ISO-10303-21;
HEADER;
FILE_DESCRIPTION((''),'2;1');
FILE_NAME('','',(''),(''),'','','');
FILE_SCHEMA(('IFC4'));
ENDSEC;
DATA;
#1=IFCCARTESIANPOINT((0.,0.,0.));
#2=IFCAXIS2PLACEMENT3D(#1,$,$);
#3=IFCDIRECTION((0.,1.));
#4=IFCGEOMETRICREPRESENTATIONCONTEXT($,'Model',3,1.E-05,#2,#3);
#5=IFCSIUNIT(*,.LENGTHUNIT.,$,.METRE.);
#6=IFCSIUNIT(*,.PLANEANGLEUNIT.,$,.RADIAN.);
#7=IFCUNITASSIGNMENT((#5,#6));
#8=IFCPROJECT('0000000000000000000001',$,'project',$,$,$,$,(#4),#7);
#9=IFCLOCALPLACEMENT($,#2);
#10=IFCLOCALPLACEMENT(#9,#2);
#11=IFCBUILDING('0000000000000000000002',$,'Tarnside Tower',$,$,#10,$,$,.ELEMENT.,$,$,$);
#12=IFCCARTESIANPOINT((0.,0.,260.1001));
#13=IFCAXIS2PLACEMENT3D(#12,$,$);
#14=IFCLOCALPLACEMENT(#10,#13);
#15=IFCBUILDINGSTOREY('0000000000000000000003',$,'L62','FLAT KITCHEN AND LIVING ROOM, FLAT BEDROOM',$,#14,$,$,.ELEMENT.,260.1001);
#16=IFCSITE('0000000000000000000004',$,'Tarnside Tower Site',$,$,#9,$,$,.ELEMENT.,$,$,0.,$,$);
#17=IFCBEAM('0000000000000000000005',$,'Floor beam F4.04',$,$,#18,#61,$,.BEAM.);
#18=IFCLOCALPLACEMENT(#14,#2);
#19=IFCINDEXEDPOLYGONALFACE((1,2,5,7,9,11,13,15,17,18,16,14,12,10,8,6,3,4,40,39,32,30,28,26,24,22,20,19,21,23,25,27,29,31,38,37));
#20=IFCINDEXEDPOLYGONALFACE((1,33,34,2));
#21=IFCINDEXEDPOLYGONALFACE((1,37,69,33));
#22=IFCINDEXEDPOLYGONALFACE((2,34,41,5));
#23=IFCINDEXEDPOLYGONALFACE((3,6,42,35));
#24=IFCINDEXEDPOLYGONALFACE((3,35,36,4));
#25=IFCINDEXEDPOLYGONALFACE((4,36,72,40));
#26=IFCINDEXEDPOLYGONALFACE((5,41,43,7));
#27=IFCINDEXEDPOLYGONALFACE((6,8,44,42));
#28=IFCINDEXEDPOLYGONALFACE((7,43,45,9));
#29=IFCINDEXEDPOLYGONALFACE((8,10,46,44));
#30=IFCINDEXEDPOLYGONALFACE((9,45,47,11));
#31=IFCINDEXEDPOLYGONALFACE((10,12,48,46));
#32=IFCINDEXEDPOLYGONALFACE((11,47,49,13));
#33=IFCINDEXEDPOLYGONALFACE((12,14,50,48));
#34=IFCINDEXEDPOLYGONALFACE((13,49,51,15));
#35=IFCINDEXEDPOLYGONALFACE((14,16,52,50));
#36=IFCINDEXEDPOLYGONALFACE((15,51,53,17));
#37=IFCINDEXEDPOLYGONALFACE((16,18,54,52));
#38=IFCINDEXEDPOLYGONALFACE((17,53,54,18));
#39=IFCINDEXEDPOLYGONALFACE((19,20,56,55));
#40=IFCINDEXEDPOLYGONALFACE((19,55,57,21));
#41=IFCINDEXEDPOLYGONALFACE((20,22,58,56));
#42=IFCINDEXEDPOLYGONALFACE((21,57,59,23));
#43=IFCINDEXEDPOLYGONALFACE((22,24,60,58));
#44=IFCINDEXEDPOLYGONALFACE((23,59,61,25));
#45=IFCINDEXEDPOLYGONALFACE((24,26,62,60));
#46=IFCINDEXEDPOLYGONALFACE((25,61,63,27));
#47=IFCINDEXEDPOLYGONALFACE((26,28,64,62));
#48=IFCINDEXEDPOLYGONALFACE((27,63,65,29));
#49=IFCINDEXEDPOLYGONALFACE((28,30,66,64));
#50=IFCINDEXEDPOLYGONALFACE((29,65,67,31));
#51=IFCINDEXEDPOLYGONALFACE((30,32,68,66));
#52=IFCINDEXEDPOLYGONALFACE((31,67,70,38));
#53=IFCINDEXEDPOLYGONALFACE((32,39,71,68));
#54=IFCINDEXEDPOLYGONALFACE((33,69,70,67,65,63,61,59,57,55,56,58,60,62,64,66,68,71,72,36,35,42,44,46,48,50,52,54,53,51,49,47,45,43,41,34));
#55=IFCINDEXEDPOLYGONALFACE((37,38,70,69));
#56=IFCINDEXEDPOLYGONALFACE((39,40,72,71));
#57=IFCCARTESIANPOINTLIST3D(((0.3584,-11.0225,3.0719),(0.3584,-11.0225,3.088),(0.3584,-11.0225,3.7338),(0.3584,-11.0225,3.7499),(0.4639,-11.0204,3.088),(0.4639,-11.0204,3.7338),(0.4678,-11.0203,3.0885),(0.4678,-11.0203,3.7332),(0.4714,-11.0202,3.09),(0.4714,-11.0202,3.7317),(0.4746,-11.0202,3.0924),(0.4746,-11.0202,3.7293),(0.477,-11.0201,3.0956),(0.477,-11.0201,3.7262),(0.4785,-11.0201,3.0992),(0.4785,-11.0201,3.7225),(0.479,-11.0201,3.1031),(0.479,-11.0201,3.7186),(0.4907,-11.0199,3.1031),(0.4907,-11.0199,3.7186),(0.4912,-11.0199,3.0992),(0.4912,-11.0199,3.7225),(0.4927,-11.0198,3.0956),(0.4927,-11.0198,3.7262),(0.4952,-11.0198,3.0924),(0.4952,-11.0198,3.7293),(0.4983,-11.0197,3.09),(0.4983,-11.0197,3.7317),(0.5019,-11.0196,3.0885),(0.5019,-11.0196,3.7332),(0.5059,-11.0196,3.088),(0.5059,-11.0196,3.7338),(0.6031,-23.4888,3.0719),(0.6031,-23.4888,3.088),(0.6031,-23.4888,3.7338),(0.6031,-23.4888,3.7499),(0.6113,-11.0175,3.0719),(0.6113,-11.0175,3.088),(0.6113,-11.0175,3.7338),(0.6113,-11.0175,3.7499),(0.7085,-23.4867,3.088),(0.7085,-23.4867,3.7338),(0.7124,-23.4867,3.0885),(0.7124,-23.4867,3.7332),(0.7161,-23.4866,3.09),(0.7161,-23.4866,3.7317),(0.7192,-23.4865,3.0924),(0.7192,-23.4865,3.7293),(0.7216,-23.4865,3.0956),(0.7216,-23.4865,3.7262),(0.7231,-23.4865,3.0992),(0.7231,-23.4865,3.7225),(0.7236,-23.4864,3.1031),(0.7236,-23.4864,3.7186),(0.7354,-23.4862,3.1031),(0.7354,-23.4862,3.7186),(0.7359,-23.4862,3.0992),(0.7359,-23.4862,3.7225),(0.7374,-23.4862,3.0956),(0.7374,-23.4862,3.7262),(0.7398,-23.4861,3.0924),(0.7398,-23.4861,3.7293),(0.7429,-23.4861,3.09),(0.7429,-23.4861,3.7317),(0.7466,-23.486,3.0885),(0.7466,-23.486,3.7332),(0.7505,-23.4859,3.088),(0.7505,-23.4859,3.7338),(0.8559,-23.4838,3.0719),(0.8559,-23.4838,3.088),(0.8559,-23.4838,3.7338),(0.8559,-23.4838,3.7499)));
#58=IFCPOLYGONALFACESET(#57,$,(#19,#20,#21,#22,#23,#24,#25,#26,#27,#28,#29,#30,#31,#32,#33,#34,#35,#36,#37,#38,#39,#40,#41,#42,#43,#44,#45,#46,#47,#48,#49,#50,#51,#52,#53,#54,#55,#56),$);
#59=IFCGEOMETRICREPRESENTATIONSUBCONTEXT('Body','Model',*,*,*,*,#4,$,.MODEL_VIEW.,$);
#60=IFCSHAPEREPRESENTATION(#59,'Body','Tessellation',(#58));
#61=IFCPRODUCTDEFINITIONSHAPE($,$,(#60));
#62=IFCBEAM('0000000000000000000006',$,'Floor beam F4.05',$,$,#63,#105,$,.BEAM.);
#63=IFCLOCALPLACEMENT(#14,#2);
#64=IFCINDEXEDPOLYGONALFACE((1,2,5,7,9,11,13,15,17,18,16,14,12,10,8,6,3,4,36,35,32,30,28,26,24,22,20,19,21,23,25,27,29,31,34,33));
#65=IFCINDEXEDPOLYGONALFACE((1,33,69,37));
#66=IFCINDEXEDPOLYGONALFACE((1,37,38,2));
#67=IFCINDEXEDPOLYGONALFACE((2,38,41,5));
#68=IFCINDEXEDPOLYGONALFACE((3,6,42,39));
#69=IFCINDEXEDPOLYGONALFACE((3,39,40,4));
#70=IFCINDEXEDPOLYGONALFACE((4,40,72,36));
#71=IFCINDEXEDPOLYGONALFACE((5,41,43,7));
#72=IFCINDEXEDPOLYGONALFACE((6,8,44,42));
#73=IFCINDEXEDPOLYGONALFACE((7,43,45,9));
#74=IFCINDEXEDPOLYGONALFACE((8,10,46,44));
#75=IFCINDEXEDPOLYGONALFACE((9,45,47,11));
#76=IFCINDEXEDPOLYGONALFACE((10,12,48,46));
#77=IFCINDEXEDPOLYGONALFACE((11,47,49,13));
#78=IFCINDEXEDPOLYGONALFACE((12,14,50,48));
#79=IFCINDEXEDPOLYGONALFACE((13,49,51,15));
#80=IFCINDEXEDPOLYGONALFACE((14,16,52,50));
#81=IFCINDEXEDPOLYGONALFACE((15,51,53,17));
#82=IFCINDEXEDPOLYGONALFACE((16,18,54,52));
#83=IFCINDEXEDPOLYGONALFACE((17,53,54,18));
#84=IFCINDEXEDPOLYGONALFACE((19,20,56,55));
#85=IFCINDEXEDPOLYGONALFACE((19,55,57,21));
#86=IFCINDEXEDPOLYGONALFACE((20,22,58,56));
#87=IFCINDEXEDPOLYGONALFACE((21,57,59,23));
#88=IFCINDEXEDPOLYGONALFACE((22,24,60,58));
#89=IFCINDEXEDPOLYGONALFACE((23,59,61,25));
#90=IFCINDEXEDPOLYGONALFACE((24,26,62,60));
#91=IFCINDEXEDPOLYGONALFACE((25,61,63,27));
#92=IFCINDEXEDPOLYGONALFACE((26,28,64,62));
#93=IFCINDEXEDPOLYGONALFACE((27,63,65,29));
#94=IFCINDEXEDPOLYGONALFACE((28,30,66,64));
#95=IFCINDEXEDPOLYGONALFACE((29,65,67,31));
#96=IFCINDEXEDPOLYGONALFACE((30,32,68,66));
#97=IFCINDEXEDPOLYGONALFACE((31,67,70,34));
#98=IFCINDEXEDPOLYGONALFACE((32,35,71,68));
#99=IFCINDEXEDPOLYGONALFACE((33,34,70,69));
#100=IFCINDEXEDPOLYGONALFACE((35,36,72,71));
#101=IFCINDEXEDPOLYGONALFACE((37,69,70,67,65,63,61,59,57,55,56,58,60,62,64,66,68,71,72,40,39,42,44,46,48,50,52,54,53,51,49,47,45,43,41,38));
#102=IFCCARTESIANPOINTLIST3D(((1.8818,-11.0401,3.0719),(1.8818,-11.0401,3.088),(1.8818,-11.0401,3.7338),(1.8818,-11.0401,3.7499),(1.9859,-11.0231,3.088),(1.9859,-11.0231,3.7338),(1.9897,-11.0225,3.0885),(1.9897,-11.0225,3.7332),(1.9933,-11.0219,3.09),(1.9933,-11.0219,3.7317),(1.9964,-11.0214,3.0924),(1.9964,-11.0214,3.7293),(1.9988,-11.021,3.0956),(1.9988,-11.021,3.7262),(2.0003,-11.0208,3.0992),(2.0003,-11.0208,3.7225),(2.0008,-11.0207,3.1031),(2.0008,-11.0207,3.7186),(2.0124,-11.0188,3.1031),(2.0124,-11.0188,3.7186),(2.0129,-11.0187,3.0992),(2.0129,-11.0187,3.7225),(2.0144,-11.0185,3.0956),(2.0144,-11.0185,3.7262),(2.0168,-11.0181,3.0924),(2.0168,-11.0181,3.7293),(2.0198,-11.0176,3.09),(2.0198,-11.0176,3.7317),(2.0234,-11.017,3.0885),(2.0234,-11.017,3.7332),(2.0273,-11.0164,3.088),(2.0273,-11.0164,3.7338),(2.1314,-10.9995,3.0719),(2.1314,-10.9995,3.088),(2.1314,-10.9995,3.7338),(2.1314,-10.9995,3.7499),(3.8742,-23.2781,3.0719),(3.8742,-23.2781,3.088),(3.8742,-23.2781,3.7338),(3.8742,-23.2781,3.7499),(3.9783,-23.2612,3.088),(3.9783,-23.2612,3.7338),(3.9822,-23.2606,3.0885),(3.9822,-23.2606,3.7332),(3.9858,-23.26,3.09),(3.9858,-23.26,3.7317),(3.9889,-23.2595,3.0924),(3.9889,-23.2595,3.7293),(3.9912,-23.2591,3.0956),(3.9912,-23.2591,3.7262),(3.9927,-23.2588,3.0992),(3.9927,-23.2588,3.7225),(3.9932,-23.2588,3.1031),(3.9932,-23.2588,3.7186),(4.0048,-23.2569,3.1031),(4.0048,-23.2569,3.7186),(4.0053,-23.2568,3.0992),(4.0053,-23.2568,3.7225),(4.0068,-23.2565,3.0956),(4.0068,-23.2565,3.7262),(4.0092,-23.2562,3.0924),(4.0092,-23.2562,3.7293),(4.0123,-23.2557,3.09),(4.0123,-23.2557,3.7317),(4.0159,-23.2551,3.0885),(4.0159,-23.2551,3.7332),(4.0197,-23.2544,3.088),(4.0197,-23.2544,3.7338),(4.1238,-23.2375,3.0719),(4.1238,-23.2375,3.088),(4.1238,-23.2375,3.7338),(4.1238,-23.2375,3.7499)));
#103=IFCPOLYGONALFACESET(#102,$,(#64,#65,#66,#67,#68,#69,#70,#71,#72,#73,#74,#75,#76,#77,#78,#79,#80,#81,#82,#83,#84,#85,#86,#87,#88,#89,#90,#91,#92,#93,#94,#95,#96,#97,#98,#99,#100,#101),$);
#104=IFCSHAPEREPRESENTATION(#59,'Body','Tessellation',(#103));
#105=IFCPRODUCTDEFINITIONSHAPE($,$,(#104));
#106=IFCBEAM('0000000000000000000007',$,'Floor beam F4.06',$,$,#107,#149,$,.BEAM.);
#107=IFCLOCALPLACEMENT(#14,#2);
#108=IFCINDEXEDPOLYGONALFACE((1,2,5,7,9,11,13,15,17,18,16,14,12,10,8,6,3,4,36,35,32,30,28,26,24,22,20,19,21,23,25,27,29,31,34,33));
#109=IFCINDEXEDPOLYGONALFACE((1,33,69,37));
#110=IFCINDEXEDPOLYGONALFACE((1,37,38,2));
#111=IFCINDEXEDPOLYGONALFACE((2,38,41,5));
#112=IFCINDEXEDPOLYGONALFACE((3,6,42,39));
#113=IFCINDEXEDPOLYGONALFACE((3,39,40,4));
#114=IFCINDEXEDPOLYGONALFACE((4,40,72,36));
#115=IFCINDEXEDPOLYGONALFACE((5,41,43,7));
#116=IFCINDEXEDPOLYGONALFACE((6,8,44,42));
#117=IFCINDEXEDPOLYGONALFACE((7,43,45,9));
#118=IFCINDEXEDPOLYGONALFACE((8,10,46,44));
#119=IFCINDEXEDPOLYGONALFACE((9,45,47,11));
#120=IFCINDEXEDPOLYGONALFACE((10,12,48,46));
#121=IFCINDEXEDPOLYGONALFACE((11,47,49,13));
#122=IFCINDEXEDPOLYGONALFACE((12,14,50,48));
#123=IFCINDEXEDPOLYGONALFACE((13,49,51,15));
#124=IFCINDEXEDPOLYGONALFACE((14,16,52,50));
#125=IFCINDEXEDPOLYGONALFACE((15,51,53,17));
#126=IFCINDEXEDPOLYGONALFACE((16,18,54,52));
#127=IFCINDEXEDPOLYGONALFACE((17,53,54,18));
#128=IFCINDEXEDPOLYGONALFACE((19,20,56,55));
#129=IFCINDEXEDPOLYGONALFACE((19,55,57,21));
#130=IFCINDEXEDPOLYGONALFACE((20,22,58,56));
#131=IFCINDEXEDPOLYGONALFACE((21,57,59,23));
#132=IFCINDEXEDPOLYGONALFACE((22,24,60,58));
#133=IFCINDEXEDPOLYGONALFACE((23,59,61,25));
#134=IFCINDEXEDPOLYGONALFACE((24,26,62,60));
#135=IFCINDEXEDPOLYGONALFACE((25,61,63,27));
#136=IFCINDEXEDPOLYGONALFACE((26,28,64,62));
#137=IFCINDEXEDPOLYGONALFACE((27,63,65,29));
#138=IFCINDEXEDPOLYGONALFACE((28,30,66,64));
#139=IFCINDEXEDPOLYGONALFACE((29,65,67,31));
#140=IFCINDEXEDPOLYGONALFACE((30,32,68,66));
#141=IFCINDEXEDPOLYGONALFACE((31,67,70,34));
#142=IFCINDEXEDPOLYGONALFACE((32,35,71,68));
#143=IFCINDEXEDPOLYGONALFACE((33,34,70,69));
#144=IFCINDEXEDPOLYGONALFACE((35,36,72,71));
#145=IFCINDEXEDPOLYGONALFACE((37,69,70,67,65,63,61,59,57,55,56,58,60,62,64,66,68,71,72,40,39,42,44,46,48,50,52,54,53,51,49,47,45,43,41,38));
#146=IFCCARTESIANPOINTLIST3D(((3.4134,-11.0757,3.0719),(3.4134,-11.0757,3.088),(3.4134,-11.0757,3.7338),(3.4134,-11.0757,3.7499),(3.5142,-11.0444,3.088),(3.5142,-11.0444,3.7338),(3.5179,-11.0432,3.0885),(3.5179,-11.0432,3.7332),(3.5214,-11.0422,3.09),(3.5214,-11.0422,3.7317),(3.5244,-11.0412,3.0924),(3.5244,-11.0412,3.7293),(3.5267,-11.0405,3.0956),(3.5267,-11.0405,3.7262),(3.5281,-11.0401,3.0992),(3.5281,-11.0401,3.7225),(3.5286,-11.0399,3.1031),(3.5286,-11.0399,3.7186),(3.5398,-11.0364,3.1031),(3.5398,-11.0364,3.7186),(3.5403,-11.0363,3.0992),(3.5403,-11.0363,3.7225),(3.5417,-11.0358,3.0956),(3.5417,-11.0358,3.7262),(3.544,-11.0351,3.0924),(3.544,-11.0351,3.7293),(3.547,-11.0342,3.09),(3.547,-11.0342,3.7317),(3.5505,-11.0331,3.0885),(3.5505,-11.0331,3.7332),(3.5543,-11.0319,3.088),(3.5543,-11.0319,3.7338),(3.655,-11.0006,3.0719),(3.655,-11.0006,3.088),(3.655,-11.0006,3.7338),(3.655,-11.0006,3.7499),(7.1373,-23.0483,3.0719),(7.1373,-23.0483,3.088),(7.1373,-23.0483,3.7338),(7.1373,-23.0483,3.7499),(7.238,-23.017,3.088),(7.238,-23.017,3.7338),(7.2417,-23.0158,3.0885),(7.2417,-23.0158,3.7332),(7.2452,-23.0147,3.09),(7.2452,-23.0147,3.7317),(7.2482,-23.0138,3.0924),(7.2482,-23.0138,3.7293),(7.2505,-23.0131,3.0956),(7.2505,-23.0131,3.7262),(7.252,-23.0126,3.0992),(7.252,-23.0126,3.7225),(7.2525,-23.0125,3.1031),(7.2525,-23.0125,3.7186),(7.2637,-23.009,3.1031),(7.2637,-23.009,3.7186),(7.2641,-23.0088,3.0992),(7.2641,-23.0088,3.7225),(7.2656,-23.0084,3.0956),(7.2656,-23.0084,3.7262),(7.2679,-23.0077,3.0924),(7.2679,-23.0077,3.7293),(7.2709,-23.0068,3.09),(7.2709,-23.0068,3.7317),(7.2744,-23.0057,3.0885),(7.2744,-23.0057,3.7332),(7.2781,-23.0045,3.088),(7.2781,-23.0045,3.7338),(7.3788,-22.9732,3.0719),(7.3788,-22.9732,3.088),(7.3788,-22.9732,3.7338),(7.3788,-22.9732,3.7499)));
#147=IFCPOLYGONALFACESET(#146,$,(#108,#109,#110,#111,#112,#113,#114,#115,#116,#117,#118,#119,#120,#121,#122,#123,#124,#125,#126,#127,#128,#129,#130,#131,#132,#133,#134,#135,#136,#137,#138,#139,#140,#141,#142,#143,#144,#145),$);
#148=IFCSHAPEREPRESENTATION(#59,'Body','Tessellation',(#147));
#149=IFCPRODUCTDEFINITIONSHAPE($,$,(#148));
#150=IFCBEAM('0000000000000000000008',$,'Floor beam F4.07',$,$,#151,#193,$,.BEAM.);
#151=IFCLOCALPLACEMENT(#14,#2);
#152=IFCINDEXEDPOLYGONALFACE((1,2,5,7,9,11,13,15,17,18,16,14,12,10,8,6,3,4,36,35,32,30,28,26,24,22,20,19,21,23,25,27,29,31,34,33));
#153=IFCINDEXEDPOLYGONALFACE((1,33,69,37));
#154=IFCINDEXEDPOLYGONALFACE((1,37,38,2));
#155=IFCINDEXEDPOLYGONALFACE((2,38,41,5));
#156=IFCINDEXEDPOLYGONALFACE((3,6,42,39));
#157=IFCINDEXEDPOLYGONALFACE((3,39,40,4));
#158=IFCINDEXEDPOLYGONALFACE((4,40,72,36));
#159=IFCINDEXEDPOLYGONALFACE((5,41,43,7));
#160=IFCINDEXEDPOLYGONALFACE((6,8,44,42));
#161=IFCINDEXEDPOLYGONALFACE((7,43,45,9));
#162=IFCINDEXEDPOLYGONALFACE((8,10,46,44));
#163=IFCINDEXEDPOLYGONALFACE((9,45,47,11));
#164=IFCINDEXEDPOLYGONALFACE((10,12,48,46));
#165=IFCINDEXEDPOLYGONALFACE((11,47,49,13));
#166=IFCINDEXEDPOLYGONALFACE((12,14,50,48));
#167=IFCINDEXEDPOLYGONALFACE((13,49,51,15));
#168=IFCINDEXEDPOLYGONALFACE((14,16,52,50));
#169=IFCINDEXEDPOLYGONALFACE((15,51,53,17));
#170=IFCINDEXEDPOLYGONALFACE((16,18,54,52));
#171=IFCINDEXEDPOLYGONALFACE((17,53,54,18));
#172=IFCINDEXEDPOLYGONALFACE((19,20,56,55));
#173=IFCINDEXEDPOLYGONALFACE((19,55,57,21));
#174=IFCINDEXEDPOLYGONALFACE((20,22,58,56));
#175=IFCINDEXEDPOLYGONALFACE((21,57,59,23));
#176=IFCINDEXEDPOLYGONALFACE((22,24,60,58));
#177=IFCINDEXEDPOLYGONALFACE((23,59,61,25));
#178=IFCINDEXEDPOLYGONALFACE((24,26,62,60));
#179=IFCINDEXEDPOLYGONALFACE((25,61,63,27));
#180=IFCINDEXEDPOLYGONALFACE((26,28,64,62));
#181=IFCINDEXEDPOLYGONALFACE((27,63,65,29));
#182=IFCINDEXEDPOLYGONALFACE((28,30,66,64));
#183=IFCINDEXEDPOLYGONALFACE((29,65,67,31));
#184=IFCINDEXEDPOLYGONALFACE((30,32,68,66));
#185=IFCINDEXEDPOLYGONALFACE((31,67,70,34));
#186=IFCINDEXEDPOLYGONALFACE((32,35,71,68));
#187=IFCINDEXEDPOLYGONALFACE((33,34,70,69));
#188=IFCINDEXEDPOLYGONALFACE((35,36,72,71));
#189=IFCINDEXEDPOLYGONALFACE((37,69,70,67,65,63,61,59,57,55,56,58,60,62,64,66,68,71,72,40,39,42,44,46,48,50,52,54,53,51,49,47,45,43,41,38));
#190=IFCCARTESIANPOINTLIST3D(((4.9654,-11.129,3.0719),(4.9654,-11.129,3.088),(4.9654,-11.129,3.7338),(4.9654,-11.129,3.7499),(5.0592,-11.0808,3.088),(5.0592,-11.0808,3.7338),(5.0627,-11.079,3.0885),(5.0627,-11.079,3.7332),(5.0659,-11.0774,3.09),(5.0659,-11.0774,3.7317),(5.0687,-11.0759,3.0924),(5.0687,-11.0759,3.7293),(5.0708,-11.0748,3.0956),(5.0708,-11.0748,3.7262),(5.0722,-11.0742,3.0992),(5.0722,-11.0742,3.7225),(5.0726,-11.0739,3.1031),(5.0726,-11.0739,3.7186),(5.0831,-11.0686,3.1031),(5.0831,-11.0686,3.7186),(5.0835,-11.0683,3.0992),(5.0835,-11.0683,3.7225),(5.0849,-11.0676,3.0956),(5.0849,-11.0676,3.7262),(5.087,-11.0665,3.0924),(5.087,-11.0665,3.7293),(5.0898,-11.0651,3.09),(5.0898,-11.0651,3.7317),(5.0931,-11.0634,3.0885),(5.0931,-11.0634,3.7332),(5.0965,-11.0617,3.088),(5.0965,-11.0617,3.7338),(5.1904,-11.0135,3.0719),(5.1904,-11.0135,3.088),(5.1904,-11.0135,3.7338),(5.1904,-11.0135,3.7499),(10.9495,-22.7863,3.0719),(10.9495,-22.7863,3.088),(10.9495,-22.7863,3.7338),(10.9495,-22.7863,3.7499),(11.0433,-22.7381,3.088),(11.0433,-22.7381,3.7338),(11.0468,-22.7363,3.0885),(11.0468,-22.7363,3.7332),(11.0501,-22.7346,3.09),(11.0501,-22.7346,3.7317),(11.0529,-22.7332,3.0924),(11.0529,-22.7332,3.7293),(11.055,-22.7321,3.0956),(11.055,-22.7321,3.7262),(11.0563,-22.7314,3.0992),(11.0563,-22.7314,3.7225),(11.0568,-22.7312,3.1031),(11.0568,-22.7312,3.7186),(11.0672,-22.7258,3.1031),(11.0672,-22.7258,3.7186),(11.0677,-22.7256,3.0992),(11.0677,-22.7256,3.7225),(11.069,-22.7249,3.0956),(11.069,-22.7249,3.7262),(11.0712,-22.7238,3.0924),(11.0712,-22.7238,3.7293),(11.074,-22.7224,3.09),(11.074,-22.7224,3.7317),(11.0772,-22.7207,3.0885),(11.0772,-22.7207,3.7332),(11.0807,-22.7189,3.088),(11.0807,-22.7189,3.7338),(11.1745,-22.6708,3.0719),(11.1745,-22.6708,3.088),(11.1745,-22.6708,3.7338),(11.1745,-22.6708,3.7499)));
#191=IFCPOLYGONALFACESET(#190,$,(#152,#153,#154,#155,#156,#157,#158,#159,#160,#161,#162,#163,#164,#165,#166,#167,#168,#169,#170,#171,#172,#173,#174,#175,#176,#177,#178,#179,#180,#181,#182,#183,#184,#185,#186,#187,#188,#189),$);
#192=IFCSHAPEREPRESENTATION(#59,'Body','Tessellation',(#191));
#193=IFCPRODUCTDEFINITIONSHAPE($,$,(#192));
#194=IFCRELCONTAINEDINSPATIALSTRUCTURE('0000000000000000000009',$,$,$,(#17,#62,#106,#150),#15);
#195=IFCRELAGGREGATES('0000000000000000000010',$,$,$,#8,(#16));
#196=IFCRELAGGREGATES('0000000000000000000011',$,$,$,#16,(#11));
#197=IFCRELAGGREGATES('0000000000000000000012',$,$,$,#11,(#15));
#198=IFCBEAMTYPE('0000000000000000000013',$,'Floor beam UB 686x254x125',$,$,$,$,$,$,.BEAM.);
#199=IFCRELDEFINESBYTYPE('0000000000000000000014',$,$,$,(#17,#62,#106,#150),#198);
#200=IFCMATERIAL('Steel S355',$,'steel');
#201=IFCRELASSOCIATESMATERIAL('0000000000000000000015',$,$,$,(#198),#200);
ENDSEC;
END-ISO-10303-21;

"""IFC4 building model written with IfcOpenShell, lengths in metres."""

from ifc_helpers import new_model, si_unit, direction, frame, origin, origin_2d, place, context, subcontext, project, spatial, i_section, extrude, material, material_profile, profile_set, type_object, element, save


model = new_model("IFC4")

# Units and contexts
model_context = context("Model", 3, precision=1e-05, world=origin(), true_north=direction((0.0, 1.0)))
body_context = subcontext(model_context, "Body", "Model", "MODEL_VIEW")
ifc_project = project(units=[si_unit("LENGTHUNIT", "METRE"), si_unit("PLANEANGLEUNIT", "RADIAN")], contexts=[model_context])

# Site, building, storey
site_placement = place(None, origin())
site = spatial("IfcSite", under=ifc_project, at=site_placement, Name="Tarnside Tower Site", CompositionType="ELEMENT", RefElevation=0.0)
building_placement = place(site_placement, origin())
building = spatial("IfcBuilding", under=site, at=building_placement, Name="Tarnside Tower", CompositionType="ELEMENT")
storey_placement = place(building_placement, frame((0.0, 0.0, 260.1001)))
storey = spatial("IfcBuildingStorey", under=building, at=storey_placement, Name="L62", Description="FLAT KITCHEN AND LIVING ROOM, FLAT BEDROOM", CompositionType="ELEMENT", Elevation=260.1001)

# Beams
ifc_material_1 = material(Name="Steel S355", Category="steel")
ifc_material_profile = material_profile(ifc_material_1, i_section(OverallWidth=0.2529, OverallDepth=0.678, WebThickness=0.0117, FlangeThickness=0.0161, FilletRadius=0.0151, at=origin_2d()), Name="UB 686x254x125")
ifc_profile_set = profile_set([ifc_material_profile], Name="Steel S355")
beam_type = type_object("IfcBeamType", Name="Floor beam UB 686x254x125", PredefinedType="BEAM", material=ifc_profile_set)
beam_1_placement = place(storey_placement, frame((0.7295, -23.4863, 3.4109), z_axis=(-0.019619, 0.999808, 0.0), x_axis=(-0.999808, -0.019619, 0.0)))
element("IfcBeam", 1, at=beam_1_placement, inside=storey, type_object=beam_type, Name="Floor beam F4.04", PredefinedType="BEAM", context=body_context, shape_type="SweptSolid", body=[
    extrude(i_section(OverallWidth=0.2529, OverallDepth=0.678, WebThickness=0.0117, FlangeThickness=0.0161, FilletRadius=0.0151, at=origin_2d()), origin(), (0.0, 0.0, 1.0), 12.4688),
])
beam_2_placement = place(storey_placement, frame((3.999, -23.2578, 3.4109), z_axis=(-0.160691, 0.987005, 0.0), x_axis=(-0.987005, -0.160691, 0.0)))
element("IfcBeam", 2, at=beam_2_placement, inside=storey, type_object=beam_type, Name="Floor beam F4.05", PredefinedType="BEAM", context=body_context, shape_type="SweptSolid", body=[
    extrude(i_section(OverallWidth=0.2529, OverallDepth=0.678, WebThickness=0.0117, FlangeThickness=0.0161, FilletRadius=0.0151, at=origin_2d()), origin(), (0.0, 0.0, 1.0), 12.3992),
])
beam_3_placement = place(storey_placement, frame((7.2581, -23.0107, 3.4109), z_axis=(-0.296998, 0.954878, 0.0), x_axis=(-0.954878, -0.296998, 0.0)))
element("IfcBeam", 3, at=beam_3_placement, inside=storey, type_object=beam_type, Name="Floor beam F4.06", PredefinedType="BEAM", context=body_context, shape_type="SweptSolid", body=[
    extrude(i_section(OverallWidth=0.2529, OverallDepth=0.678, WebThickness=0.0117, FlangeThickness=0.0161, FilletRadius=0.0151, at=origin_2d()), origin(), (0.0, 0.0, 1.0), 12.5383),
])
beam_4_placement = place(storey_placement, frame((11.062, -22.7285, 3.4109), z_axis=(-0.456683, 0.889629, 0.0), x_axis=(-0.889629, -0.456683, 0.0)))
element("IfcBeam", 4, at=beam_4_placement, inside=storey, type_object=beam_type, Name="Floor beam F4.07", PredefinedType="BEAM", context=body_context, shape_type="SweptSolid", body=[
    extrude(i_section(OverallWidth=0.2529, OverallDepth=0.678, WebThickness=0.0117, FlangeThickness=0.0161, FilletRadius=0.0151, at=origin_2d()), origin(), (0.0, 0.0, 1.0), 13.1035),
])

save(model, "model.ifc")
